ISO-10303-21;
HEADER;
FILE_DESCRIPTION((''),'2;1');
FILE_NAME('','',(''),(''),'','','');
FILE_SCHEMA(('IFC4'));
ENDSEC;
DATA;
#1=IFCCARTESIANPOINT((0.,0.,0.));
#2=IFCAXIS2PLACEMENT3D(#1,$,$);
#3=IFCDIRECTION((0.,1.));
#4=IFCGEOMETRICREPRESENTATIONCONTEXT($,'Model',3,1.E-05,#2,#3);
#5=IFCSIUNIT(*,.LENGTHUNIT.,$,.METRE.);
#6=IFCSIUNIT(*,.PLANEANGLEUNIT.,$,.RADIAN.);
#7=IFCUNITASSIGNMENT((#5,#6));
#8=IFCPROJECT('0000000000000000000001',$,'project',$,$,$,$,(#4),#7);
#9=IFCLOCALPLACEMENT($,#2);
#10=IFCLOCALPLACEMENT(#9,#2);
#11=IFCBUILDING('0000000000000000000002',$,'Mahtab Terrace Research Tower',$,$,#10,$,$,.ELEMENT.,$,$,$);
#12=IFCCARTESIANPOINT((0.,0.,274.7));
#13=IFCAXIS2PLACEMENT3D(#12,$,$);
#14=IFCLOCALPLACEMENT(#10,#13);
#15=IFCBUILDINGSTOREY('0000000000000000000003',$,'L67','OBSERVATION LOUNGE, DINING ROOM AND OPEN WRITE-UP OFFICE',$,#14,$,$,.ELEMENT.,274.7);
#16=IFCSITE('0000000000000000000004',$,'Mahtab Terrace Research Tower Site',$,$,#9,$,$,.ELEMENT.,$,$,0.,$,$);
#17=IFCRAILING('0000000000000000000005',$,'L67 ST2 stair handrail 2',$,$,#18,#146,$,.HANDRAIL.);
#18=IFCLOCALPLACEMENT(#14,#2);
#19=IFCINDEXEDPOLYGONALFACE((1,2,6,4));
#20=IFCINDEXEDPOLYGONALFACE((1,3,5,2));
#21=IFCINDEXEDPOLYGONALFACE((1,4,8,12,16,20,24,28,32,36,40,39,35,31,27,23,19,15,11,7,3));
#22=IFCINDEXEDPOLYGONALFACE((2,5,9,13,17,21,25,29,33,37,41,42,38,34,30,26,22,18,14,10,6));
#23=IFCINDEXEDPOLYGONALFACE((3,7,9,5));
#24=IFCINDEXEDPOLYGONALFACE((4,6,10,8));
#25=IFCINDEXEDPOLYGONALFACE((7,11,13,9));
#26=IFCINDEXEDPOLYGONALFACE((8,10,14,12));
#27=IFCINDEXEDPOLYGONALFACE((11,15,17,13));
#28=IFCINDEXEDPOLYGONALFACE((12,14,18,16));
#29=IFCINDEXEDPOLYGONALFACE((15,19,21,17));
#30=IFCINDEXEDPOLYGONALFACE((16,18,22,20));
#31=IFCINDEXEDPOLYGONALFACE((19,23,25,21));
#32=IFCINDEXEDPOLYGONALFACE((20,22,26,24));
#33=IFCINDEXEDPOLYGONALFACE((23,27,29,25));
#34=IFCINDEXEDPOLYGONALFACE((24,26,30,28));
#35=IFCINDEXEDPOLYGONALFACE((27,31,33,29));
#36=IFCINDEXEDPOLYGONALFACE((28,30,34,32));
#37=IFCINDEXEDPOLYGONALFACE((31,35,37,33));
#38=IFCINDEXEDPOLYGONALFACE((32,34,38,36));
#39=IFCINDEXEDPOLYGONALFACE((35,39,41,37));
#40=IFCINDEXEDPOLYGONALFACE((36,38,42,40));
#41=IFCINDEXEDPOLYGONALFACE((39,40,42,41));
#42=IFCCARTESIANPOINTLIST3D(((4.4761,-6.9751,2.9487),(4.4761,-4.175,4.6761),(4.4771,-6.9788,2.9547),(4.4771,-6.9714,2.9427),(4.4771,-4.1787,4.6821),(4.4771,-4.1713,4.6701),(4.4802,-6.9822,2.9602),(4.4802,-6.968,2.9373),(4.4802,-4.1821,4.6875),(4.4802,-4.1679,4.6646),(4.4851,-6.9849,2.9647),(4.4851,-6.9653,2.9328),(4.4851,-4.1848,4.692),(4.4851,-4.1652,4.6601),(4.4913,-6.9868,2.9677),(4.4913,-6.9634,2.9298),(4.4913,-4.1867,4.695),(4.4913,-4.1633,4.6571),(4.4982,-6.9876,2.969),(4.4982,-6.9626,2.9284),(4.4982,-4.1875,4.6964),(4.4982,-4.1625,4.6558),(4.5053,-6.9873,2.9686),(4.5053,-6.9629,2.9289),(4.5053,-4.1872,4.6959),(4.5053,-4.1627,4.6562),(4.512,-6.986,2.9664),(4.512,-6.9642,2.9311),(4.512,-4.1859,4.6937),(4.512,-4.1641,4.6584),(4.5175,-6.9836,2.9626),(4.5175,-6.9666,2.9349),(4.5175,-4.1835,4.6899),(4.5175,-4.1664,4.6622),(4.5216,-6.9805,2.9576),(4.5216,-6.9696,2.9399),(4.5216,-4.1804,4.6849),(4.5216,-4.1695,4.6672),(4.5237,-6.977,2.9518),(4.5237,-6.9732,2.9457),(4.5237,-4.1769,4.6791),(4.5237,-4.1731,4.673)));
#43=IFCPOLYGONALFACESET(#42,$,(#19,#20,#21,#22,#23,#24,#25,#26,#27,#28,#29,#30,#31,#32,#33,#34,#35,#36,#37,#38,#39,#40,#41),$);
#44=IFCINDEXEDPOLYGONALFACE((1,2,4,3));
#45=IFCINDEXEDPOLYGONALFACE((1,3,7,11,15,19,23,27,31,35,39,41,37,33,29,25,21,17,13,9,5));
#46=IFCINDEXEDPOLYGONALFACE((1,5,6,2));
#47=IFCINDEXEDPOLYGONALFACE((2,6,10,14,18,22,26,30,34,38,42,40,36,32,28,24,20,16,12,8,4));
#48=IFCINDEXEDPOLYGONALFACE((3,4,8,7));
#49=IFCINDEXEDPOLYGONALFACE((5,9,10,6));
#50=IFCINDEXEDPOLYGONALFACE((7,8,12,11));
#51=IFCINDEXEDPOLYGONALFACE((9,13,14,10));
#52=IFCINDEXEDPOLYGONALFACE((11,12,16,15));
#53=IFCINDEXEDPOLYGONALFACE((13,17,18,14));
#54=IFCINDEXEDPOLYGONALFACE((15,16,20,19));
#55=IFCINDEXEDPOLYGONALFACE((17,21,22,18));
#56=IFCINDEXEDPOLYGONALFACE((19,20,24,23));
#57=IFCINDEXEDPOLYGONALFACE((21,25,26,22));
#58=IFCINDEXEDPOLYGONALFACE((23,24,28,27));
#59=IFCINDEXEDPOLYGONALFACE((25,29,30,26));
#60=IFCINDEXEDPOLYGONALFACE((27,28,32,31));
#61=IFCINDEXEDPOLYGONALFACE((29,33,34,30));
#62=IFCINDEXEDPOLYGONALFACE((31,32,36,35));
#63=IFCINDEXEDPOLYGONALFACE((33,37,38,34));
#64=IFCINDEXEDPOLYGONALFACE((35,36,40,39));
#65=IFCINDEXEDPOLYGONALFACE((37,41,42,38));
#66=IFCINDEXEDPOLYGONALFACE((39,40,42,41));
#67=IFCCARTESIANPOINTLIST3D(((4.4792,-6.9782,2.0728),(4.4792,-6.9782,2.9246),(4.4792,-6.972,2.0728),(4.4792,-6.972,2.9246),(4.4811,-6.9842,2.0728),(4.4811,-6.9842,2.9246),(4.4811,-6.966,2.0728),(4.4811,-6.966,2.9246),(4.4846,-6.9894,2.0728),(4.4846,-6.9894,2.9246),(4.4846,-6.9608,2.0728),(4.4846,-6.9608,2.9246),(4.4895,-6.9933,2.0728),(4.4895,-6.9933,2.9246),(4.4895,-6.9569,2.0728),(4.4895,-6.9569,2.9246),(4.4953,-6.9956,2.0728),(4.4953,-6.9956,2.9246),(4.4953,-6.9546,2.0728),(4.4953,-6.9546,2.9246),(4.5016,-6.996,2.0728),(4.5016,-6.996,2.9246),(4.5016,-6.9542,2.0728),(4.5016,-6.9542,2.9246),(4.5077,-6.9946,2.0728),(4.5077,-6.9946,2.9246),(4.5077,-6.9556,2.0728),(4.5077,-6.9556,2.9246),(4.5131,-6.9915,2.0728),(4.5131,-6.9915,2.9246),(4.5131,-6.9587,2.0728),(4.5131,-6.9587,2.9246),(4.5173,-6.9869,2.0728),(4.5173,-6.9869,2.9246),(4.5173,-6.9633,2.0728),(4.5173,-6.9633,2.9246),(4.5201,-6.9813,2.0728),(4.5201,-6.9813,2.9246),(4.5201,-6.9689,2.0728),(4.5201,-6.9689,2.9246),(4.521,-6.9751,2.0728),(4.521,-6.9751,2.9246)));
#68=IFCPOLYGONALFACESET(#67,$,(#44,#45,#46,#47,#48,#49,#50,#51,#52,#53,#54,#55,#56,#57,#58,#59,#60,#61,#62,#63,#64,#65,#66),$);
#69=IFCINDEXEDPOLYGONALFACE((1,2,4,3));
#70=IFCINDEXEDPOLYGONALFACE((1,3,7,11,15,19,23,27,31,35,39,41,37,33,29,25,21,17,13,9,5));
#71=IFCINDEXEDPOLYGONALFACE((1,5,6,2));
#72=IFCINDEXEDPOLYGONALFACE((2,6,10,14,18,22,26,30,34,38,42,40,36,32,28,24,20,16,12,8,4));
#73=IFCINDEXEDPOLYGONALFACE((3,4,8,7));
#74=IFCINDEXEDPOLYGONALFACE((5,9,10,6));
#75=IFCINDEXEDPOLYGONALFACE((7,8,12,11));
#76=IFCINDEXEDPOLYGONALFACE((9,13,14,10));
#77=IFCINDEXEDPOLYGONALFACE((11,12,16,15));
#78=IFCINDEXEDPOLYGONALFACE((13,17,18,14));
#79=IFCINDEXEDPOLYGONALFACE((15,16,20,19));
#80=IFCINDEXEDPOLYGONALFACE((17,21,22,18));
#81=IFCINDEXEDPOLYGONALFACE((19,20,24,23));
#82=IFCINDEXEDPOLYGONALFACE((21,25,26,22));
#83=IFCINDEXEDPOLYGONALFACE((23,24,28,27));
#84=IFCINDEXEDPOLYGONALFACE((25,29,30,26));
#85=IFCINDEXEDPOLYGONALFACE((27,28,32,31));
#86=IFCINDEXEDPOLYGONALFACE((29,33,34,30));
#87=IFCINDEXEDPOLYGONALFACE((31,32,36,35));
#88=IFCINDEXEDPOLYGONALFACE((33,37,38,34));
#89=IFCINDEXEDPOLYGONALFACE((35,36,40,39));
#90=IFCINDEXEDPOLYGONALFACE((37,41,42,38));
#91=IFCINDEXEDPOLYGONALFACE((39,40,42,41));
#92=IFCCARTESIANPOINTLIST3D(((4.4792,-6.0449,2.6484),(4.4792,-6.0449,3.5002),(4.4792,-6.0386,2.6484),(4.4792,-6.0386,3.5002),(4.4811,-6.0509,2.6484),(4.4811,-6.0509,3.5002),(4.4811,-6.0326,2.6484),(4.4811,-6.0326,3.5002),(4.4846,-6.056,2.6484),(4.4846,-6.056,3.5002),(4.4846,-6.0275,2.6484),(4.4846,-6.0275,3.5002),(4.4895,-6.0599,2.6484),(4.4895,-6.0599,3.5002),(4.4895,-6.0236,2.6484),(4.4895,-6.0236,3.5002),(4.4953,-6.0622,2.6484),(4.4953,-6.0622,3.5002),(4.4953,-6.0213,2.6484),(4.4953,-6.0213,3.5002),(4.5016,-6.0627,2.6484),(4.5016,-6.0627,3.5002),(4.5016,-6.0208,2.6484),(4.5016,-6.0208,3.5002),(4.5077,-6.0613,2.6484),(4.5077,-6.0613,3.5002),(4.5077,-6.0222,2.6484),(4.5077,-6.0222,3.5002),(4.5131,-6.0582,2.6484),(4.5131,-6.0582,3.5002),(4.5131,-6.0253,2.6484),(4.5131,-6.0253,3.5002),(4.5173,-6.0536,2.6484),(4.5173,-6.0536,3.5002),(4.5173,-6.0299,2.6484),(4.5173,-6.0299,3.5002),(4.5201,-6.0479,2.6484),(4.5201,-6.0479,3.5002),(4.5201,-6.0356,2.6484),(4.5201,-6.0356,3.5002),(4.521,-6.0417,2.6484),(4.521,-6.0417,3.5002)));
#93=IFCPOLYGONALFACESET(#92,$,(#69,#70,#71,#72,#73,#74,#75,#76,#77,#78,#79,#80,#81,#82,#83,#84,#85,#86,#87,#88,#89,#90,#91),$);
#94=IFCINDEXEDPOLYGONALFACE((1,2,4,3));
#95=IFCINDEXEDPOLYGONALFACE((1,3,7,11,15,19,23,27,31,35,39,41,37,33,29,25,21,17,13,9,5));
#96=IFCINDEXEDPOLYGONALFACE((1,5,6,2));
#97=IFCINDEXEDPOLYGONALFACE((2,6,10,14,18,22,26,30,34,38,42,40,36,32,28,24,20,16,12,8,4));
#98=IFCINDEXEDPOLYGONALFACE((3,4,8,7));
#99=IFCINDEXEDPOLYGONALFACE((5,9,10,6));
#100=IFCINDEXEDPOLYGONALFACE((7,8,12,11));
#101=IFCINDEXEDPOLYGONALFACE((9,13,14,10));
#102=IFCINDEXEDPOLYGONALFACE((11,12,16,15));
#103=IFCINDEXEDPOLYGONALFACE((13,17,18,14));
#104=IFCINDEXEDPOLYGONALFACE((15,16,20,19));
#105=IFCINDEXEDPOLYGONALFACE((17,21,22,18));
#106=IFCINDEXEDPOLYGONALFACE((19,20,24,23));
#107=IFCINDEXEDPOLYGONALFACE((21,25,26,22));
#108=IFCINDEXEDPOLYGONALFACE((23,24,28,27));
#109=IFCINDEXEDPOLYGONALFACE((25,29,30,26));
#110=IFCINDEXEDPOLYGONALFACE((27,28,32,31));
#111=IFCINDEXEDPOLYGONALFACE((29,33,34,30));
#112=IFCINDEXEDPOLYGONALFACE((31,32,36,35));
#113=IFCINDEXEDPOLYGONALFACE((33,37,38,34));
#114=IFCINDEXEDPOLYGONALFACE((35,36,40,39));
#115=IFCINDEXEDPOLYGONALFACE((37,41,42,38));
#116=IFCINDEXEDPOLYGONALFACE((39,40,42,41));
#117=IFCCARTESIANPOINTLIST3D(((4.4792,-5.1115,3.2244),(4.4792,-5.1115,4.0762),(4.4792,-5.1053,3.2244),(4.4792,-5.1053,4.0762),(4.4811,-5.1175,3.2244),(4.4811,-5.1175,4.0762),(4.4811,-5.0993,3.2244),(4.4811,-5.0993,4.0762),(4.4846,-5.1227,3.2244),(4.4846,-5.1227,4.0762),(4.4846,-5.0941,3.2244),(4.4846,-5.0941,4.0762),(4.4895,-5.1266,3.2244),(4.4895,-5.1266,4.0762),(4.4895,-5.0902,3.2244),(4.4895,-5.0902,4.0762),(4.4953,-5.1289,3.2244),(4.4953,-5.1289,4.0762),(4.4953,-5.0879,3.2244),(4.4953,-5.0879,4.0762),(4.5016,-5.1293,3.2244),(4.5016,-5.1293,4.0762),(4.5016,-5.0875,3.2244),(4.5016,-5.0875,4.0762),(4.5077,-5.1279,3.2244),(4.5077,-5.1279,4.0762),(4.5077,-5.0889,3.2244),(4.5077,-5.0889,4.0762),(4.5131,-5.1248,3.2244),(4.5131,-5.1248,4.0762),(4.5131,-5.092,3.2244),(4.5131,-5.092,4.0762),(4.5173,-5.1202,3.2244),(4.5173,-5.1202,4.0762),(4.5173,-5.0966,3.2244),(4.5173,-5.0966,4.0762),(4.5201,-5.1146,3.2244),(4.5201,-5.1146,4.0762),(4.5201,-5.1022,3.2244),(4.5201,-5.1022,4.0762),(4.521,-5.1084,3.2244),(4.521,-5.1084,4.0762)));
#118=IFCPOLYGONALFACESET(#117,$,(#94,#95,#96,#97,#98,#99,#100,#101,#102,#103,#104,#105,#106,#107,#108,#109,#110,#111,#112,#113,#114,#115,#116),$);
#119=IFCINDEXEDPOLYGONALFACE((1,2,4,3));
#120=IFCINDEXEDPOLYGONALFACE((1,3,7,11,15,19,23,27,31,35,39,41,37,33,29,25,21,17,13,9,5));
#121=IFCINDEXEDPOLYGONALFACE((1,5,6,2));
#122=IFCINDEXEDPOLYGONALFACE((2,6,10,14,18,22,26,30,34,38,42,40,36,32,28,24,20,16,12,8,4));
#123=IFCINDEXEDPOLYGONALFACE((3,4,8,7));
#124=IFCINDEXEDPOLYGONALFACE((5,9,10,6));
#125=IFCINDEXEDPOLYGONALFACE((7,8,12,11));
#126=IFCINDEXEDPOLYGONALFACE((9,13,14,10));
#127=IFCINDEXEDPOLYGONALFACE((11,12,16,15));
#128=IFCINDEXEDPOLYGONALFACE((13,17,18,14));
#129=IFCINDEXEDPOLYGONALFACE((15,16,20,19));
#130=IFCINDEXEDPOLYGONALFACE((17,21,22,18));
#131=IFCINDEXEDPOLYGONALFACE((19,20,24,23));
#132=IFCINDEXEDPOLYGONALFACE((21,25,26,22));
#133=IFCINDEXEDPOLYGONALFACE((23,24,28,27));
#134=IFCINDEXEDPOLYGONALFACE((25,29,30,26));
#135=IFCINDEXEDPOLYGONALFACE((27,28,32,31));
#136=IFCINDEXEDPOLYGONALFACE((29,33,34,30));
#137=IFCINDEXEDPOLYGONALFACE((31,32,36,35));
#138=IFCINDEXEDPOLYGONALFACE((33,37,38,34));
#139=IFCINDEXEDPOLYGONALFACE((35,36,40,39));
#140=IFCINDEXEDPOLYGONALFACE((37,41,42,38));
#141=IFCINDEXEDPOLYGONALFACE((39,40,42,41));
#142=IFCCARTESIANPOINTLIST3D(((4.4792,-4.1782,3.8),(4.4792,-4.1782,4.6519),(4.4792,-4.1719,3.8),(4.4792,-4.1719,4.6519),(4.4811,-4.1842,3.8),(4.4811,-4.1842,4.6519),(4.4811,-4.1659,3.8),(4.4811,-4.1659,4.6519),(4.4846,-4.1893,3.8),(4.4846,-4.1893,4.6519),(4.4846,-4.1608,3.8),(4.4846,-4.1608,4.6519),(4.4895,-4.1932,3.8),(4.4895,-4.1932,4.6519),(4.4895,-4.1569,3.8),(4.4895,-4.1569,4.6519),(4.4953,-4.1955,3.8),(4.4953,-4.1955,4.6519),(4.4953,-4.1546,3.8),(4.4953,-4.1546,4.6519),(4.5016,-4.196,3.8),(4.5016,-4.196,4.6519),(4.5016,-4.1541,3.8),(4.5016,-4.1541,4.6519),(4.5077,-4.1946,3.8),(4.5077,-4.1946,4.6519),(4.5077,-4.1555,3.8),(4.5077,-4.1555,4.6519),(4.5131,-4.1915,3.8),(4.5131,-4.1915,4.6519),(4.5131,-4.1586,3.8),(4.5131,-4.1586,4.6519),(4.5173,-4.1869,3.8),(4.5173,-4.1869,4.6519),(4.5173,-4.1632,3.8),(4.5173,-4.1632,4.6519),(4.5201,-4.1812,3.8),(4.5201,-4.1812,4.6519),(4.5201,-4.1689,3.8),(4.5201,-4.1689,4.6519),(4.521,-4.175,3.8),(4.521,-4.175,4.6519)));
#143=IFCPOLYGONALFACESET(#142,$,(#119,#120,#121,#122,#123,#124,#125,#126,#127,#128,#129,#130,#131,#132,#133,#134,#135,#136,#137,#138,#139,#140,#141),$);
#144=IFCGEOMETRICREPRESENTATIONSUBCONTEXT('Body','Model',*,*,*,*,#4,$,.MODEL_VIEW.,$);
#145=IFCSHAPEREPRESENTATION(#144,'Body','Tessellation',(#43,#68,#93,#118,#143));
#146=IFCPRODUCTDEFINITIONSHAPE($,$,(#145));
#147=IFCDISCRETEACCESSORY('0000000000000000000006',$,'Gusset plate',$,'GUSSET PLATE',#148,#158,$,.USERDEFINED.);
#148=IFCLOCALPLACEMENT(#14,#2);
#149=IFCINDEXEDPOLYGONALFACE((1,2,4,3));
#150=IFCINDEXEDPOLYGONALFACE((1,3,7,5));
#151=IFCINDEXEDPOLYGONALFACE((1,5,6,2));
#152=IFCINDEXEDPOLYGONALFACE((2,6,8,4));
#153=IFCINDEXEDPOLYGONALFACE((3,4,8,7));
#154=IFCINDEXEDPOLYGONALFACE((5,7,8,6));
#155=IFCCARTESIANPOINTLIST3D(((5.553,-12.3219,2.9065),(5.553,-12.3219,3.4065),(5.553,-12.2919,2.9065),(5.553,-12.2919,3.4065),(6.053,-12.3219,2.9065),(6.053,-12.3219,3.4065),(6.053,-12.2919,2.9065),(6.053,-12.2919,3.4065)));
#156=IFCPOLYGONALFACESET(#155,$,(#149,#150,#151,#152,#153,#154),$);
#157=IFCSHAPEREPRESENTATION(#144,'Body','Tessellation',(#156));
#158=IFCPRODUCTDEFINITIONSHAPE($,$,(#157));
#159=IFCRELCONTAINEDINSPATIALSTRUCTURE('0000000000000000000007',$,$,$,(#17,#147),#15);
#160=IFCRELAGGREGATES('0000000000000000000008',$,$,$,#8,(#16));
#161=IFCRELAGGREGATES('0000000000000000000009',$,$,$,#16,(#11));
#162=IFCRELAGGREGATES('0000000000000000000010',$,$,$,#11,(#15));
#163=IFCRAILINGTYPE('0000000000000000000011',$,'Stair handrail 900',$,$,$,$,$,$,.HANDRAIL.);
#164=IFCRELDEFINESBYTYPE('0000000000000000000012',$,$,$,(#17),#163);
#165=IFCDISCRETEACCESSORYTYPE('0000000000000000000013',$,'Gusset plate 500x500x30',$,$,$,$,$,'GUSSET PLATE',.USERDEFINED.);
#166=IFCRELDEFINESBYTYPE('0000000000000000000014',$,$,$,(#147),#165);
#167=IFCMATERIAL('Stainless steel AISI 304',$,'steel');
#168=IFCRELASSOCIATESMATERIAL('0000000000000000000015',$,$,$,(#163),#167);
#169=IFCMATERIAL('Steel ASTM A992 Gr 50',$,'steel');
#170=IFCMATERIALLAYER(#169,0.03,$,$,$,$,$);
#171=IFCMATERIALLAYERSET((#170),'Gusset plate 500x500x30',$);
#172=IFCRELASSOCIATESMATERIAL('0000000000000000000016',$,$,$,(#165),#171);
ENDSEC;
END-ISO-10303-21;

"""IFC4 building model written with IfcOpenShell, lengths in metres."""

from ifc_helpers import new_model, si_unit, direction, frame, origin, origin_2d, place, context, subcontext, project, spatial, rectangle, circle, extrude, material, layer, layer_set, type_object, element, save


model = new_model("IFC4")

# Units and contexts
model_context = context("Model", 3, precision=1e-05, world=origin(), true_north=direction((0.0, 1.0)))
body_context = subcontext(model_context, "Body", "Model", "MODEL_VIEW")
ifc_project = project(units=[si_unit("LENGTHUNIT", "METRE"), si_unit("PLANEANGLEUNIT", "RADIAN")], contexts=[model_context])

# Site, building, storey
site_placement = place(None, origin())
site = spatial("IfcSite", under=ifc_project, at=site_placement, Name="Mahtab Terrace Research Tower Site", CompositionType="ELEMENT", RefElevation=0.0)
building_placement = place(site_placement, origin())
building = spatial("IfcBuilding", under=site, at=building_placement, Name="Mahtab Terrace Research Tower", CompositionType="ELEMENT")
storey_placement = place(building_placement, frame((0.0, 0.0, 274.7)))
storey = spatial("IfcBuildingStorey", under=building, at=storey_placement, Name="L67", Description="OBSERVATION LOUNGE, DINING ROOM AND OPEN WRITE-UP OFFICE", CompositionType="ELEMENT", Elevation=274.7)

# Shared definitions
ifc_material_1 = material(Name="Steel ASTM A992 Gr 50", Category="steel")

# Railing
ifc_material_2 = material(Name="Stainless steel AISI 304", Category="steel")
railing_type_1 = type_object("IfcRailingType", Name="Stair handrail 900", PredefinedType="HANDRAIL", material=ifc_material_2)
railing_1_placement = place(storey_placement, frame((4.5, -6.9751, 2.0728)))
element("IfcRailing", 1, at=railing_1_placement, inside=storey, type_object=railing_type_1, Name="L67 ST2 stair handrail 2", PredefinedType="HANDRAIL", context=body_context, shape_type="SweptSolid", body=[
    extrude(circle(Radius=0.0239, at=origin_2d()), frame((0.0, 0.0, 0.876), z_axis=(0.0, 0.85109, 0.52502), x_axis=(-1.0, 0.0, 0.0)), (0.0, 0.0, 1.0), 3.29),
    extrude(circle(Radius=0.021, at=origin_2d()), origin(), (0.0, 0.0, 1.0), 0.8518),
    extrude(circle(Radius=0.021, at=origin_2d()), frame((0.0, 0.9333, 0.5757)), (0.0, 0.0, 1.0), 0.8518),
    extrude(circle(Radius=0.021, at=origin_2d()), frame((0.0, 1.8667, 1.1516)), (0.0, 0.0, 1.0), 0.8518),
    extrude(circle(Radius=0.021, at=origin_2d()), frame((0.0, 2.8, 1.7273)), (0.0, 0.0, 1.0), 0.8518),
])

# Discrete accessory
ifc_layer_1 = layer(ifc_material_1, 0.03)
ifc_layer_set_1 = layer_set([ifc_layer_1], Name="Gusset plate 500x500x30")
discrete_accessory_type = type_object("IfcDiscreteAccessoryType", Name="Gusset plate 500x500x30", ElementType="GUSSET PLATE", PredefinedType="USERDEFINED", material=ifc_layer_set_1)
discrete_accessory_placement = place(storey_placement, frame((5.803, -12.3069, 2.9065), z_axis=(0.0, 0.0, 1.0), x_axis=(1.0, 0.0, 0.0)))
element("IfcDiscreteAccessory", 2, at=discrete_accessory_placement, inside=storey, type_object=discrete_accessory_type, Name="Gusset plate", ObjectType="GUSSET PLATE", PredefinedType="USERDEFINED", context=body_context, shape_type="SweptSolid", body=[
    extrude(rectangle(XDim=0.5, YDim=0.03, at=origin_2d()), origin(), (0.0, 0.0, 1.0), 0.5),
])

save(model, "model.ifc")
